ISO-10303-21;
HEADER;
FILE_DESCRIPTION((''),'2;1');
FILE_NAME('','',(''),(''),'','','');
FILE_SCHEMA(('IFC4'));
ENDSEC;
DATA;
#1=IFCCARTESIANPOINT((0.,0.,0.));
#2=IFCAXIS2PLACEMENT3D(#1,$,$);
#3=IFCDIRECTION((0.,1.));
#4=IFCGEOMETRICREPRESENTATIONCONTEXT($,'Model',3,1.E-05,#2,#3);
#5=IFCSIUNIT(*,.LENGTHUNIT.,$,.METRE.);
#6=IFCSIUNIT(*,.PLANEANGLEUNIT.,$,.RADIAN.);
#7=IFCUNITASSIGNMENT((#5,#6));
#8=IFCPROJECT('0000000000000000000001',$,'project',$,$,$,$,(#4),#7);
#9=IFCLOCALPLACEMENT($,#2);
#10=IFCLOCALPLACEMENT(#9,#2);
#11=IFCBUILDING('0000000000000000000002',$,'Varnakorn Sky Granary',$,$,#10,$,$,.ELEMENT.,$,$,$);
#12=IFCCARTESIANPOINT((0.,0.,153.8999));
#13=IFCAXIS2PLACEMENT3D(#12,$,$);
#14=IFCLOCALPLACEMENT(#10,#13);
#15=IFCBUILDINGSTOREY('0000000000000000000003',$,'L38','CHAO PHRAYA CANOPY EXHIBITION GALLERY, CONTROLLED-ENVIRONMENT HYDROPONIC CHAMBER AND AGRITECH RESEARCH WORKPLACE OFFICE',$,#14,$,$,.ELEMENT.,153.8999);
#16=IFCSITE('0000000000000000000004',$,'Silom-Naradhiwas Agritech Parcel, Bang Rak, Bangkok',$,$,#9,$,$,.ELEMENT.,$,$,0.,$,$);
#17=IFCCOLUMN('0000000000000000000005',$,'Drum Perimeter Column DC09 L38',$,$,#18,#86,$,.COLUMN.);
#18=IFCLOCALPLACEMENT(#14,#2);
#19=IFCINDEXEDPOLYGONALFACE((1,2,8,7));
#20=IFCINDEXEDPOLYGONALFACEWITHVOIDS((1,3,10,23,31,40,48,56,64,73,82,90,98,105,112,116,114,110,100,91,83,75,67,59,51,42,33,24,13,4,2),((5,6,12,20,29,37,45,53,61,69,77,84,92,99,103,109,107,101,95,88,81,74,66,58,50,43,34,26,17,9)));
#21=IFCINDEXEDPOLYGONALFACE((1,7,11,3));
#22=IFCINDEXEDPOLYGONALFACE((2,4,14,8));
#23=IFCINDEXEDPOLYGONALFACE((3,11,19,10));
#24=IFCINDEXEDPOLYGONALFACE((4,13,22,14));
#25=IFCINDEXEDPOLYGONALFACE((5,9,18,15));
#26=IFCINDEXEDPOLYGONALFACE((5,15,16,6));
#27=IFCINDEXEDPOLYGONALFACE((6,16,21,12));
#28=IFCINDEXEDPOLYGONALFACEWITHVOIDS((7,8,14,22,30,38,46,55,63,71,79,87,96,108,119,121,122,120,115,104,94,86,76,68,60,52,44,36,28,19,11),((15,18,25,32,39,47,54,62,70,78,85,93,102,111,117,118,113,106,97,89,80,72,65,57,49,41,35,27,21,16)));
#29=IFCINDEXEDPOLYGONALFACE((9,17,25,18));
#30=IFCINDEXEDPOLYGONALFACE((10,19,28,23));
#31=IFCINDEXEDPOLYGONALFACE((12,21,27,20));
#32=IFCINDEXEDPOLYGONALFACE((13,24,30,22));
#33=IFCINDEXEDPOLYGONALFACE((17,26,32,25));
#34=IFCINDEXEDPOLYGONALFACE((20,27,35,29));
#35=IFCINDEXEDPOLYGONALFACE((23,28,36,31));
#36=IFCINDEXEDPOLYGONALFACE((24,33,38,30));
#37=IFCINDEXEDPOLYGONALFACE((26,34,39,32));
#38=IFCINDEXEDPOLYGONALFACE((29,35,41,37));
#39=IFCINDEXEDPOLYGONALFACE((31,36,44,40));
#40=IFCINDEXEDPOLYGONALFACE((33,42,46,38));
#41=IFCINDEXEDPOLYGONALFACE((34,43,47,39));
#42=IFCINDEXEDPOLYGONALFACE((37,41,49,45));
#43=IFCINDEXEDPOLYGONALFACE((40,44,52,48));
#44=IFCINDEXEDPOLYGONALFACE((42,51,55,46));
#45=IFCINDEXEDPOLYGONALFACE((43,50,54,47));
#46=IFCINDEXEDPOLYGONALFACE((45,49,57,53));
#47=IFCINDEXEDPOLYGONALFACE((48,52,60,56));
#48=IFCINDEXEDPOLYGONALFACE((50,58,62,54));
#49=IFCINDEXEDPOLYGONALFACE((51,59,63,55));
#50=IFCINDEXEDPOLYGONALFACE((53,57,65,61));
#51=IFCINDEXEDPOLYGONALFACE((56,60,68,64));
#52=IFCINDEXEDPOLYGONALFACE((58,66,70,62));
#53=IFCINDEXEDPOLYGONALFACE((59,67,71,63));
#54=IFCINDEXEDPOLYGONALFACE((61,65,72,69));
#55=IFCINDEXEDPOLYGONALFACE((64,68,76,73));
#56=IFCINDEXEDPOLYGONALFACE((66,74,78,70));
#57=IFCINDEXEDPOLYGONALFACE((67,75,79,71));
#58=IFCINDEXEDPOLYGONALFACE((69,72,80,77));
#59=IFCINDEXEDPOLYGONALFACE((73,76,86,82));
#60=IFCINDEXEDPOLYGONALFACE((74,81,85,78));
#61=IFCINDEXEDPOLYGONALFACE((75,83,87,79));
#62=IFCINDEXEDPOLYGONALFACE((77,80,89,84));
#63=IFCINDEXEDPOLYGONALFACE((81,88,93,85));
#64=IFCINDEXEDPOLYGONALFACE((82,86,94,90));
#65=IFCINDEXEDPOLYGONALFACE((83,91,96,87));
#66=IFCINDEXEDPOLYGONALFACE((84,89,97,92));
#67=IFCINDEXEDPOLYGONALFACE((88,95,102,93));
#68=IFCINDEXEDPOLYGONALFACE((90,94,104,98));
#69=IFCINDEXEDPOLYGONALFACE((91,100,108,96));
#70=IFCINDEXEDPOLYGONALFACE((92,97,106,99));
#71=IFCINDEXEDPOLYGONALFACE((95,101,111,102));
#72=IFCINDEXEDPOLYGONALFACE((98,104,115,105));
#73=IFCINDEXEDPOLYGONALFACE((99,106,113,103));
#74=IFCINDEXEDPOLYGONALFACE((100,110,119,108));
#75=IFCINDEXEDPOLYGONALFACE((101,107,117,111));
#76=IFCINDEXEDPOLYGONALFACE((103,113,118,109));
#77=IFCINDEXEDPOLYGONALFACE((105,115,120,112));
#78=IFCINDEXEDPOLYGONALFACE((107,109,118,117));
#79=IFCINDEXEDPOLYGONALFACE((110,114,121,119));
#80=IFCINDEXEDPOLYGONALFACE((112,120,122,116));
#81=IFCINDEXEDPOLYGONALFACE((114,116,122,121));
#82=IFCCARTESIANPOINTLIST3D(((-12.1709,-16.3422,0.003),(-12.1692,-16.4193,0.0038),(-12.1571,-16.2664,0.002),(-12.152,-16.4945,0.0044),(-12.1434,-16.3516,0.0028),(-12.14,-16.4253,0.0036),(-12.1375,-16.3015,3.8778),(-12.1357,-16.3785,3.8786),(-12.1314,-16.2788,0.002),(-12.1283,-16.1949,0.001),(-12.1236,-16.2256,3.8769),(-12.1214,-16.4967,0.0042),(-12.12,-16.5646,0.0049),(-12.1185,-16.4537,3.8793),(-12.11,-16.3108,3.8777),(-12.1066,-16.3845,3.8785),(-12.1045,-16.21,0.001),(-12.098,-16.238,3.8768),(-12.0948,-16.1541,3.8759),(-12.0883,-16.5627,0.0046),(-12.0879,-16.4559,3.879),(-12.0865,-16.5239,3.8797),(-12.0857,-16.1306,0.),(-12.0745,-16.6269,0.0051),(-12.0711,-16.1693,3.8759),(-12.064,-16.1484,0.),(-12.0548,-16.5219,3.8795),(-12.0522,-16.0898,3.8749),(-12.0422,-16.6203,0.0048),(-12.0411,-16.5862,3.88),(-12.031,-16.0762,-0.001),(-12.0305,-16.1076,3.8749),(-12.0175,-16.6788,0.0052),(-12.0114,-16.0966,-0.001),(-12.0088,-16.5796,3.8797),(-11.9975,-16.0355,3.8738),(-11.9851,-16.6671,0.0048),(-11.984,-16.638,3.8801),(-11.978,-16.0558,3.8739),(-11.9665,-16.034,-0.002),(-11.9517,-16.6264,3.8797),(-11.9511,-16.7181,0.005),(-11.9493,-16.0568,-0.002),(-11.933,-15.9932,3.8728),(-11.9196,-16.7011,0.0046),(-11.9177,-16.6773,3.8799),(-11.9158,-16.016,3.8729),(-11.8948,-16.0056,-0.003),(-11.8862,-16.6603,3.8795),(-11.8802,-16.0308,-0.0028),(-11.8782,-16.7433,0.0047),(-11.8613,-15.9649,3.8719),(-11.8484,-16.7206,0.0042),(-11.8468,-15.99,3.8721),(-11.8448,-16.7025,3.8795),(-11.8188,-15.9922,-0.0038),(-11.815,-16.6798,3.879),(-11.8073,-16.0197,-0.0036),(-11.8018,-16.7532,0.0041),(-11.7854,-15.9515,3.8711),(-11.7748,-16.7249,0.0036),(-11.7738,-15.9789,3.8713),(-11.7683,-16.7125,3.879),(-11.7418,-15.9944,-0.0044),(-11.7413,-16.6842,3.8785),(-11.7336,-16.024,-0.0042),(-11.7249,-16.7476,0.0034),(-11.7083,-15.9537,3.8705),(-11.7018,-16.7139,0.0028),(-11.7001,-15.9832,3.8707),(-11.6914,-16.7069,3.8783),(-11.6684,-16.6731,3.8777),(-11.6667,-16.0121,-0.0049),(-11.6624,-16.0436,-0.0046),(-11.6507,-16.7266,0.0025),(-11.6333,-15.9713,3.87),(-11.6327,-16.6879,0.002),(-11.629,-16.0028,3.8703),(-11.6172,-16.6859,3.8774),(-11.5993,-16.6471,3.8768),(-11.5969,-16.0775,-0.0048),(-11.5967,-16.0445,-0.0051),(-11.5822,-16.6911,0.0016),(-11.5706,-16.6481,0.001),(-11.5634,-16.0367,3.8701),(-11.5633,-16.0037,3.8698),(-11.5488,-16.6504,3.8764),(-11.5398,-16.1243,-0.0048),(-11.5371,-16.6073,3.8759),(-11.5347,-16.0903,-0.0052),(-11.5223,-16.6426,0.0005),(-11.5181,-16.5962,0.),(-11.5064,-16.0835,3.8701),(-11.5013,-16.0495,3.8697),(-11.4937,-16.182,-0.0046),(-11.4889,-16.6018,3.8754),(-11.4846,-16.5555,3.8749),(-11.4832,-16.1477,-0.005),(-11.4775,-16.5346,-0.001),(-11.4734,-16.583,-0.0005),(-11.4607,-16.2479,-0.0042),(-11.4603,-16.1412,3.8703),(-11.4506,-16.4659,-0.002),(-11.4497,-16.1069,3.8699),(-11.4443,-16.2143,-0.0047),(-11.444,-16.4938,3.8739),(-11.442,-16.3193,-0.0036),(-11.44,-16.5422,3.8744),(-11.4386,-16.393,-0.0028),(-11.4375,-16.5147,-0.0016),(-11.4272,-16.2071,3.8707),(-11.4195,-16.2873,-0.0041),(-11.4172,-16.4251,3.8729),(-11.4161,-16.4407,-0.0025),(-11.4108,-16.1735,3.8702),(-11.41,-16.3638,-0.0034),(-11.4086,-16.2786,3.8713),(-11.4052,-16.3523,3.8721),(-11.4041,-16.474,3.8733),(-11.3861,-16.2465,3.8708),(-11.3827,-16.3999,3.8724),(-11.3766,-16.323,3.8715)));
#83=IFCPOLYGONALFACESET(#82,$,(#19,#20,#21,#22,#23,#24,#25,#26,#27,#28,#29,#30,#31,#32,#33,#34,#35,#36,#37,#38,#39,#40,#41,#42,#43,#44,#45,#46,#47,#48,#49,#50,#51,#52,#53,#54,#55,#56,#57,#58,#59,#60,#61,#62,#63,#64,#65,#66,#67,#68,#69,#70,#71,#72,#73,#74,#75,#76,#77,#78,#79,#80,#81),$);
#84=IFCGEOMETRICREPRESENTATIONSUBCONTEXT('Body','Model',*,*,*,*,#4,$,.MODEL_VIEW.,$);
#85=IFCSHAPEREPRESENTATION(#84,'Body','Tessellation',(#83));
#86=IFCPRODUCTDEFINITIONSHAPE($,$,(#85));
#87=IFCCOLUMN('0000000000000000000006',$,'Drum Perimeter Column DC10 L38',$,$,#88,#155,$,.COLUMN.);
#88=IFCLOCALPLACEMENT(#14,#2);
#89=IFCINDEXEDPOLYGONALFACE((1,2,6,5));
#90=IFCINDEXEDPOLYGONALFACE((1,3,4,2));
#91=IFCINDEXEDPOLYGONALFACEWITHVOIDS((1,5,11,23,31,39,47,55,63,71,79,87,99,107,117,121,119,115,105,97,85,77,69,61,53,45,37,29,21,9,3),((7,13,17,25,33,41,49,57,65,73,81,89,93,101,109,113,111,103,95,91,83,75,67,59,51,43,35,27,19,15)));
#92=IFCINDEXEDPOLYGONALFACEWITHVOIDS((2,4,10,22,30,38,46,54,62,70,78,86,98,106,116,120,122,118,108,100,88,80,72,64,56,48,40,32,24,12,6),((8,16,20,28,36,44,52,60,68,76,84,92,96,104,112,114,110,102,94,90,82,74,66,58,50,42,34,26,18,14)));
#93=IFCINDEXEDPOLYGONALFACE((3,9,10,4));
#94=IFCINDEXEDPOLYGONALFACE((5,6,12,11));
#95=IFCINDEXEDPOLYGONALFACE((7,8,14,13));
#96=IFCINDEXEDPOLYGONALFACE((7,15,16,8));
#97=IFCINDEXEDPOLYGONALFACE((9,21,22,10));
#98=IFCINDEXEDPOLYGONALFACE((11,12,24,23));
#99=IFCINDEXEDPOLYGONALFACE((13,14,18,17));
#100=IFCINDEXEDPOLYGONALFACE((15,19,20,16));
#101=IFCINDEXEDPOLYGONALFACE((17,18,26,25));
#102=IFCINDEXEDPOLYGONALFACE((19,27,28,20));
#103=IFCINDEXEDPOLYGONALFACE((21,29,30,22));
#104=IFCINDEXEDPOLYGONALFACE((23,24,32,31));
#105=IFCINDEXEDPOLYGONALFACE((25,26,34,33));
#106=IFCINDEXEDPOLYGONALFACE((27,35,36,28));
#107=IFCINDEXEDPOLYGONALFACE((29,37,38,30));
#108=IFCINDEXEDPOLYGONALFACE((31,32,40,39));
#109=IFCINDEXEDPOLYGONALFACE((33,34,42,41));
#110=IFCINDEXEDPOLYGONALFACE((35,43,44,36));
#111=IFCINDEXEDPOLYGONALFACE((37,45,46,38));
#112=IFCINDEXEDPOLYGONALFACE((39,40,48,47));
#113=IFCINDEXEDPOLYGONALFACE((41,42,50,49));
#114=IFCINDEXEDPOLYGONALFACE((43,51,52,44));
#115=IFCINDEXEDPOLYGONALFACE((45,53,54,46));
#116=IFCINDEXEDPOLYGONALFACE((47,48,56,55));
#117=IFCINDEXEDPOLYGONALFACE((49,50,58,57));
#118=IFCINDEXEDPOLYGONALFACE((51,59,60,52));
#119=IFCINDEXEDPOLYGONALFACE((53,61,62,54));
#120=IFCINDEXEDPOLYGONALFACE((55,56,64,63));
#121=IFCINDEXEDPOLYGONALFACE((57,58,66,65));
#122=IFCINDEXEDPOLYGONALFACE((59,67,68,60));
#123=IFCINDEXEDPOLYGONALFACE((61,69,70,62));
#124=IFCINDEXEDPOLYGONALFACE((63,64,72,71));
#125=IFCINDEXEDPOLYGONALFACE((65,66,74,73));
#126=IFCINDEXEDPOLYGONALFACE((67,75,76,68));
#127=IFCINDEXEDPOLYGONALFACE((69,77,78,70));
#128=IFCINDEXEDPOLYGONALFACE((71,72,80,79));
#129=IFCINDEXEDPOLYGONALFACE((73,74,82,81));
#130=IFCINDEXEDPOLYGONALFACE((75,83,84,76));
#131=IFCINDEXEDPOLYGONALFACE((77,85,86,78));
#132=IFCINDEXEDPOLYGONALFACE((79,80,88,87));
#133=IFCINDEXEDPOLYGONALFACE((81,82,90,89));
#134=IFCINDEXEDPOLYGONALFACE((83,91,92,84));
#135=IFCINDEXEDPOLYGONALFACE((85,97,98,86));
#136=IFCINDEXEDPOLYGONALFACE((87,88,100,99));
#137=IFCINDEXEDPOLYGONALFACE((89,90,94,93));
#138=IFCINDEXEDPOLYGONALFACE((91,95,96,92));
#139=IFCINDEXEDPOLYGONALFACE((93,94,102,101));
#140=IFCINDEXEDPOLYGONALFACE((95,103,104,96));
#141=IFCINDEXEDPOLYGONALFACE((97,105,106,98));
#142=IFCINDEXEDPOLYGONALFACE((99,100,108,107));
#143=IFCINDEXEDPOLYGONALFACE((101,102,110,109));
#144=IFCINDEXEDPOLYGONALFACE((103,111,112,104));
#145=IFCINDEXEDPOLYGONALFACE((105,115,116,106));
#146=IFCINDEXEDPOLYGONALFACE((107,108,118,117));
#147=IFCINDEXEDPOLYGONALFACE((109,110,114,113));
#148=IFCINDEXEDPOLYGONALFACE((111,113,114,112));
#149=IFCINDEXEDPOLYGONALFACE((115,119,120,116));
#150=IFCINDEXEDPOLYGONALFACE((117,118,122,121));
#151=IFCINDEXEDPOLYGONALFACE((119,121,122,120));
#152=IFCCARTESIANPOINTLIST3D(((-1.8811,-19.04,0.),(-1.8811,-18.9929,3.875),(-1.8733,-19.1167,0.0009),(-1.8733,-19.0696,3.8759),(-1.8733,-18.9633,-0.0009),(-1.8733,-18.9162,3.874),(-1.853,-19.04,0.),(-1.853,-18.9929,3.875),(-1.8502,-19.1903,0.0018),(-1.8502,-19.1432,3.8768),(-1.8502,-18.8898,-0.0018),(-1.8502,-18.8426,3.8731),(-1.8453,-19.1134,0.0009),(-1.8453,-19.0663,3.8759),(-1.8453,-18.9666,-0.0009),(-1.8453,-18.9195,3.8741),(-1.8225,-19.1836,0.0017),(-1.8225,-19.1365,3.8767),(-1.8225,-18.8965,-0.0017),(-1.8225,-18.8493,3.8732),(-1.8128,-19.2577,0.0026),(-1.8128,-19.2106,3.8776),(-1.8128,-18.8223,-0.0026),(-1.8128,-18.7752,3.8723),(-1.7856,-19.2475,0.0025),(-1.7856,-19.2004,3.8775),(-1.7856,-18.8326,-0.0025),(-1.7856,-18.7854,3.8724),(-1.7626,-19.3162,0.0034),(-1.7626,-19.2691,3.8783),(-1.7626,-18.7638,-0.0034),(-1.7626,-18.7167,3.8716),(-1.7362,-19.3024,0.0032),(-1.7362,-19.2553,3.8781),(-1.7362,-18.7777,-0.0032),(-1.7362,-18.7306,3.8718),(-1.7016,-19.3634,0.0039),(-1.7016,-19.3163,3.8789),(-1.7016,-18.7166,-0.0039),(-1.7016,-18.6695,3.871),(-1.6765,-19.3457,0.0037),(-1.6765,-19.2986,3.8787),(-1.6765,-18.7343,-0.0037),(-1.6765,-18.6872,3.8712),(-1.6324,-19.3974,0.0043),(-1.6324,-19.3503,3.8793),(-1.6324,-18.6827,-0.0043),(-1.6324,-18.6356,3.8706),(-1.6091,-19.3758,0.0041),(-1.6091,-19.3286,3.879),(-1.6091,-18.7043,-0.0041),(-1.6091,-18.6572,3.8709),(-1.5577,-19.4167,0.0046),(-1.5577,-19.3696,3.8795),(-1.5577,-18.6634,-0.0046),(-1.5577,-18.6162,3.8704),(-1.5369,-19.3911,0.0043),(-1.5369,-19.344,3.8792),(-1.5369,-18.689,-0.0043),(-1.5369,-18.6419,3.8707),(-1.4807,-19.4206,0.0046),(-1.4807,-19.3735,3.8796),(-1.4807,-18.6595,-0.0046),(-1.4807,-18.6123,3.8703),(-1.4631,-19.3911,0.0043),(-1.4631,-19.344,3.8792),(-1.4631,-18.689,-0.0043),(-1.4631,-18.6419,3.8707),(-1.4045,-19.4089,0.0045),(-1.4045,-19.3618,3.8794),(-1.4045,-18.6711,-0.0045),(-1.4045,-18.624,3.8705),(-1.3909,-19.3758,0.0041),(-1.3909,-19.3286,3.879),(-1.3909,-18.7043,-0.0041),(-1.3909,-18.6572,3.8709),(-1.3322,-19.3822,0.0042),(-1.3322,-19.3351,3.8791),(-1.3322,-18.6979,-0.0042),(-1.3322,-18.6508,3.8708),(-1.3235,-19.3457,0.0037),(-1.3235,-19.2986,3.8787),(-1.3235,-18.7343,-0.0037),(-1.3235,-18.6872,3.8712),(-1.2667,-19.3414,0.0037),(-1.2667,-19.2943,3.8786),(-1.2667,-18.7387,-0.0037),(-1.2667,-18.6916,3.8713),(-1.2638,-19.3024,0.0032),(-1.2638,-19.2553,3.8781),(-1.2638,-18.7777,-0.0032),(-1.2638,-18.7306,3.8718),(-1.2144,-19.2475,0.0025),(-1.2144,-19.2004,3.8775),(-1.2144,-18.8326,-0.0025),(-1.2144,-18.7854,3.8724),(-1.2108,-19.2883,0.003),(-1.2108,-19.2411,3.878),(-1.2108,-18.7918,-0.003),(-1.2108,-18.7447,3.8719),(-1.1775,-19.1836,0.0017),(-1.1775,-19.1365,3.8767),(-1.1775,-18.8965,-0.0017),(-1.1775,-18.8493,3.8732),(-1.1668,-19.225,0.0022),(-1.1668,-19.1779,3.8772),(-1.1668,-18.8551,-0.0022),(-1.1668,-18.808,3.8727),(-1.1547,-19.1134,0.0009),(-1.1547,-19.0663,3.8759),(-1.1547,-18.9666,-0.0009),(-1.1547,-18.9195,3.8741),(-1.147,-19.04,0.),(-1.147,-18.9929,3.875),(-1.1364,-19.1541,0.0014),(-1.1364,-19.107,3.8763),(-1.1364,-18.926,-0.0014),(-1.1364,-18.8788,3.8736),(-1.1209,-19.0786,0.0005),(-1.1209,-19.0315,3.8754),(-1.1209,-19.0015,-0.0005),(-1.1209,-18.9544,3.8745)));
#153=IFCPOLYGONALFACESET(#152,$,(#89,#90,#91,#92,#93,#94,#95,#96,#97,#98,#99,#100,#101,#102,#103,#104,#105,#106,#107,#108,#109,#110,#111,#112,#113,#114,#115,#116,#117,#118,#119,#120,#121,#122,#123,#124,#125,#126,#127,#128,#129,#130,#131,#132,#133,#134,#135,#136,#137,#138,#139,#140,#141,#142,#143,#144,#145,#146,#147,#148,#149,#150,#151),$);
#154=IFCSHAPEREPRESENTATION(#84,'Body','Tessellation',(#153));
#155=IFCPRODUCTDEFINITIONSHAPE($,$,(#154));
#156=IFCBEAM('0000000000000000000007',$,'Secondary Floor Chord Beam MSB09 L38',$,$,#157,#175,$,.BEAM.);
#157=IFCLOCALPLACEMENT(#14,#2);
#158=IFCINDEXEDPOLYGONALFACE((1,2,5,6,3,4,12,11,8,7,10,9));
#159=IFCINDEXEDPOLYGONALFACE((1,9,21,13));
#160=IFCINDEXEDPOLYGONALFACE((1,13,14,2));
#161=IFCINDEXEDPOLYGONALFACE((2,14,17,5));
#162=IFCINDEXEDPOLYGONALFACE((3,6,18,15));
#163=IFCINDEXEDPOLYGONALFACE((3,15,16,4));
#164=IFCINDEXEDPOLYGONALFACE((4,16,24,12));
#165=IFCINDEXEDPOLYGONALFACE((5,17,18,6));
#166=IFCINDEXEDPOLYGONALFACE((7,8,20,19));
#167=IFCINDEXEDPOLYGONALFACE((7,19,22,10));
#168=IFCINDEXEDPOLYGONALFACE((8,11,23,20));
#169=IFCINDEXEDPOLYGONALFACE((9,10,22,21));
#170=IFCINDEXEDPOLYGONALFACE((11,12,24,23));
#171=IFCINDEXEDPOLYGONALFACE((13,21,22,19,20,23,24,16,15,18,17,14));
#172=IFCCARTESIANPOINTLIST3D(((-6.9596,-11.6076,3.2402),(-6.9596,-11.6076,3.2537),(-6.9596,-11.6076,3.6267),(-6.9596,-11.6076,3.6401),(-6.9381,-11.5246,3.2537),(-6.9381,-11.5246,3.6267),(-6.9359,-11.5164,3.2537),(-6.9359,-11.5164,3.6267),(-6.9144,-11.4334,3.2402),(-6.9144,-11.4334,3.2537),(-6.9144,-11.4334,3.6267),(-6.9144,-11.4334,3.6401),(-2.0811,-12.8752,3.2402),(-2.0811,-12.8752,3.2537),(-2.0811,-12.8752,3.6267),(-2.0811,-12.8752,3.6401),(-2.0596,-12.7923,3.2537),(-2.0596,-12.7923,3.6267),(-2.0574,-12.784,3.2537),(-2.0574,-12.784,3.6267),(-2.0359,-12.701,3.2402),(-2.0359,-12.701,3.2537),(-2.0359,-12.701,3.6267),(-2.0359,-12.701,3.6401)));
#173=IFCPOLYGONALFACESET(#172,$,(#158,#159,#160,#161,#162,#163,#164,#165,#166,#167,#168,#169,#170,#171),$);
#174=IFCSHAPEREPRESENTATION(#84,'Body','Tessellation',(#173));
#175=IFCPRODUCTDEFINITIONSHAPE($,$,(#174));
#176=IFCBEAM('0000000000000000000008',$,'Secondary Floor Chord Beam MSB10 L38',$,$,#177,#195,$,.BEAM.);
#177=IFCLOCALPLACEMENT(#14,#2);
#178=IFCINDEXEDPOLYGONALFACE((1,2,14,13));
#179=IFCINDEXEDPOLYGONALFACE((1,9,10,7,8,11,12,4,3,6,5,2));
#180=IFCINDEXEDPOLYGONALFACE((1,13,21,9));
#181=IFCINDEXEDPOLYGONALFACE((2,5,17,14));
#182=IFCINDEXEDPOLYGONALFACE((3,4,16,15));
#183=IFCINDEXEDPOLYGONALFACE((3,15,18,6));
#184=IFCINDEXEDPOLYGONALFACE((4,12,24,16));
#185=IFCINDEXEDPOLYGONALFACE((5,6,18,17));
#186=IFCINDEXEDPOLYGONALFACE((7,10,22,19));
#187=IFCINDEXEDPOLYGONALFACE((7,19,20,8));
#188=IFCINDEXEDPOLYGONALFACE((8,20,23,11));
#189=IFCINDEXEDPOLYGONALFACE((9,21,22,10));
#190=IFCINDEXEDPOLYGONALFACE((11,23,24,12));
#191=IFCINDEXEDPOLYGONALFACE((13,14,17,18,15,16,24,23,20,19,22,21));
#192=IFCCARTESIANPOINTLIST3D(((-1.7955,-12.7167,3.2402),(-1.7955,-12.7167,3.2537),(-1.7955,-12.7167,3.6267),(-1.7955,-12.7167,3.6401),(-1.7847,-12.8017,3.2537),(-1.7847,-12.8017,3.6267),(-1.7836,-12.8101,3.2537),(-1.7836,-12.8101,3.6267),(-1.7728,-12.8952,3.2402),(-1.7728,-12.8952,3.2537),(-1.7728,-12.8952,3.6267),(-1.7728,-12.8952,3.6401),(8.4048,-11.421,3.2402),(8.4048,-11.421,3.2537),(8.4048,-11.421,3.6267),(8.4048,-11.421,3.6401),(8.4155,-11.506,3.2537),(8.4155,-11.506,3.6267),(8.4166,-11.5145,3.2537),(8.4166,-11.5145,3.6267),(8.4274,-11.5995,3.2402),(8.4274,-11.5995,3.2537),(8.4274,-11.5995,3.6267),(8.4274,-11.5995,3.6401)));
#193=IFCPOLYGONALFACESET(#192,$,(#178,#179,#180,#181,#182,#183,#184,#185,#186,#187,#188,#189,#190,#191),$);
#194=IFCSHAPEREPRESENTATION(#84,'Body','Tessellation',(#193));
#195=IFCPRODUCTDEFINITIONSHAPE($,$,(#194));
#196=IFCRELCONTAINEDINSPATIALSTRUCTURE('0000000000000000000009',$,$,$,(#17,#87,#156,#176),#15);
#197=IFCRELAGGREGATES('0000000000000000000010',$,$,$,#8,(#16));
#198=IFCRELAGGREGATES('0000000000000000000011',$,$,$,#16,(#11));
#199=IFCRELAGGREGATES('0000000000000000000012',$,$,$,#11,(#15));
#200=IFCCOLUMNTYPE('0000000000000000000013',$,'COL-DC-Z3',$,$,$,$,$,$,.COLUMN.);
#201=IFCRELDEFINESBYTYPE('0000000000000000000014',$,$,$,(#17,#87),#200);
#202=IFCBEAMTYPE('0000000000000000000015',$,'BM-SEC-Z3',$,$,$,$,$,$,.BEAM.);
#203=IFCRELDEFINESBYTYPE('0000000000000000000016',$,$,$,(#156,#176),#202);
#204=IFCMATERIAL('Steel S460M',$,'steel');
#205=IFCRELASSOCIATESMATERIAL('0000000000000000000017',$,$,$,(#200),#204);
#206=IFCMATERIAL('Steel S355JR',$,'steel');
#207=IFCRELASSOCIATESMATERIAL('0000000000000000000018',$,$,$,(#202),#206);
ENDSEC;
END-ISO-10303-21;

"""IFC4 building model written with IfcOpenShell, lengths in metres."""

from ifc_helpers import new_model, si_unit, direction, frame, origin, origin_2d, place, context, subcontext, project, spatial, hollow_circle, i_section, extrude, material, material_profile, profile_set, type_object, element, save


model = new_model("IFC4")

# Units and contexts
model_context = context("Model", 3, precision=1e-05, world=origin(), true_north=direction((0.0, 1.0)))
body_context = subcontext(model_context, "Body", "Model", "MODEL_VIEW")
ifc_project = project(units=[si_unit("LENGTHUNIT", "METRE"), si_unit("PLANEANGLEUNIT", "RADIAN")], contexts=[model_context])

# Site, building, storey
site_placement = place(None, origin())
site = spatial("IfcSite", under=ifc_project, at=site_placement, Name="Silom-Naradhiwas Agritech Parcel, Bang Rak, Bangkok", CompositionType="ELEMENT", RefElevation=0.0)
building_placement = place(site_placement, origin())
building = spatial("IfcBuilding", under=site, at=building_placement, Name="Varnakorn Sky Granary", CompositionType="ELEMENT")
storey_placement = place(building_placement, frame((0.0, 0.0, 153.8999)))
storey = spatial("IfcBuildingStorey", under=building, at=storey_placement, Name="L38", Description="CHAO PHRAYA CANOPY EXHIBITION GALLERY, CONTROLLED-ENVIRONMENT HYDROPONIC CHAMBER AND AGRITECH RESEARCH WORKPLACE OFFICE", CompositionType="ELEMENT", Elevation=153.8999)

# Columns
ifc_material_1 = material(Name="Steel S460M", Category="steel")
ifc_material_profile_1 = material_profile(ifc_material_1, hollow_circle(Radius=0.3811, WallThickness=0.0281, at=origin_2d()), Name="CHS 762x28")
ifc_profile_set_1 = profile_set([ifc_material_profile_1], Name="Steel S460M")
column_type = type_object("IfcColumnType", Name="COL-DC-Z3", PredefinedType="COLUMN", material=ifc_profile_set_1)
for number, where, z_axis, x_axis, name in (
    (1, (-11.791, -16.3723, 0.0), (0.008631, 0.010521, 0.999907), (-0.773132, 0.634246, 0.0), "Drum Perimeter Column DC09 L38"),
    (2, (-1.5, -19.04, 0.0), (0.0, 0.012159, 0.999926), (-1.0, 0.0, 0.0), "Drum Perimeter Column DC10 L38"),
):
    element("IfcColumn", number, at=place(storey_placement, frame(where, z_axis=z_axis, x_axis=x_axis)), inside=storey, type_object=column_type, Name=name, PredefinedType="COLUMN", context=body_context, shape_type="SweptSolid", body=[
        extrude(hollow_circle(Radius=0.3811, WallThickness=0.0281, at=origin_2d()), origin(), (0.0, 0.0, 1.0), 3.8752),
    ])

# Beams
ifc_material_2 = material(Name="Steel S355JR", Category="steel")
ifc_material_profile_2 = material_profile(ifc_material_2, i_section(OverallWidth=0.1799, OverallDepth=0.3999, WebThickness=0.0085, FlangeThickness=0.0134, at=origin_2d()), Name="IPE 400")
ifc_profile_set_2 = profile_set([ifc_material_profile_2], Name="Steel S355JR")
beam_type_1 = type_object("IfcBeamType", Name="BM-SEC-Z3", PredefinedType="BEAM", material=ifc_profile_set_2)
beam_1_placement = place(storey_placement, frame((-6.937, -11.5205, 3.4402), z_axis=(0.967862, -0.251483, 0.0), x_axis=(0.251483, 0.967862, 0.0)))
element("IfcBeam", 3, at=beam_1_placement, inside=storey, type_object=beam_type_1, Name="Secondary Floor Chord Beam MSB09 L38", PredefinedType="BEAM", context=body_context, shape_type="SweptSolid", body=[
    extrude(i_section(OverallWidth=0.1799, OverallDepth=0.3999, WebThickness=0.0085, FlangeThickness=0.0134, at=origin_2d()), origin(), (0.0, 0.0, 1.0), 5.0405),
])
beam_2_placement = place(storey_placement, frame((-1.7842, -12.8059, 3.4402), z_axis=(0.992029, 0.12601, 0.0), x_axis=(-0.12601, 0.992029, 0.0)))
element("IfcBeam", 4, at=beam_2_placement, inside=storey, type_object=beam_type_1, Name="Secondary Floor Chord Beam MSB10 L38", PredefinedType="BEAM", context=body_context, shape_type="SweptSolid", body=[
    extrude(i_section(OverallWidth=0.1799, OverallDepth=0.3999, WebThickness=0.0085, FlangeThickness=0.0134, at=origin_2d()), origin(), (0.0, 0.0, 1.0), 10.2822),
])

save(model, "model.ifc")
